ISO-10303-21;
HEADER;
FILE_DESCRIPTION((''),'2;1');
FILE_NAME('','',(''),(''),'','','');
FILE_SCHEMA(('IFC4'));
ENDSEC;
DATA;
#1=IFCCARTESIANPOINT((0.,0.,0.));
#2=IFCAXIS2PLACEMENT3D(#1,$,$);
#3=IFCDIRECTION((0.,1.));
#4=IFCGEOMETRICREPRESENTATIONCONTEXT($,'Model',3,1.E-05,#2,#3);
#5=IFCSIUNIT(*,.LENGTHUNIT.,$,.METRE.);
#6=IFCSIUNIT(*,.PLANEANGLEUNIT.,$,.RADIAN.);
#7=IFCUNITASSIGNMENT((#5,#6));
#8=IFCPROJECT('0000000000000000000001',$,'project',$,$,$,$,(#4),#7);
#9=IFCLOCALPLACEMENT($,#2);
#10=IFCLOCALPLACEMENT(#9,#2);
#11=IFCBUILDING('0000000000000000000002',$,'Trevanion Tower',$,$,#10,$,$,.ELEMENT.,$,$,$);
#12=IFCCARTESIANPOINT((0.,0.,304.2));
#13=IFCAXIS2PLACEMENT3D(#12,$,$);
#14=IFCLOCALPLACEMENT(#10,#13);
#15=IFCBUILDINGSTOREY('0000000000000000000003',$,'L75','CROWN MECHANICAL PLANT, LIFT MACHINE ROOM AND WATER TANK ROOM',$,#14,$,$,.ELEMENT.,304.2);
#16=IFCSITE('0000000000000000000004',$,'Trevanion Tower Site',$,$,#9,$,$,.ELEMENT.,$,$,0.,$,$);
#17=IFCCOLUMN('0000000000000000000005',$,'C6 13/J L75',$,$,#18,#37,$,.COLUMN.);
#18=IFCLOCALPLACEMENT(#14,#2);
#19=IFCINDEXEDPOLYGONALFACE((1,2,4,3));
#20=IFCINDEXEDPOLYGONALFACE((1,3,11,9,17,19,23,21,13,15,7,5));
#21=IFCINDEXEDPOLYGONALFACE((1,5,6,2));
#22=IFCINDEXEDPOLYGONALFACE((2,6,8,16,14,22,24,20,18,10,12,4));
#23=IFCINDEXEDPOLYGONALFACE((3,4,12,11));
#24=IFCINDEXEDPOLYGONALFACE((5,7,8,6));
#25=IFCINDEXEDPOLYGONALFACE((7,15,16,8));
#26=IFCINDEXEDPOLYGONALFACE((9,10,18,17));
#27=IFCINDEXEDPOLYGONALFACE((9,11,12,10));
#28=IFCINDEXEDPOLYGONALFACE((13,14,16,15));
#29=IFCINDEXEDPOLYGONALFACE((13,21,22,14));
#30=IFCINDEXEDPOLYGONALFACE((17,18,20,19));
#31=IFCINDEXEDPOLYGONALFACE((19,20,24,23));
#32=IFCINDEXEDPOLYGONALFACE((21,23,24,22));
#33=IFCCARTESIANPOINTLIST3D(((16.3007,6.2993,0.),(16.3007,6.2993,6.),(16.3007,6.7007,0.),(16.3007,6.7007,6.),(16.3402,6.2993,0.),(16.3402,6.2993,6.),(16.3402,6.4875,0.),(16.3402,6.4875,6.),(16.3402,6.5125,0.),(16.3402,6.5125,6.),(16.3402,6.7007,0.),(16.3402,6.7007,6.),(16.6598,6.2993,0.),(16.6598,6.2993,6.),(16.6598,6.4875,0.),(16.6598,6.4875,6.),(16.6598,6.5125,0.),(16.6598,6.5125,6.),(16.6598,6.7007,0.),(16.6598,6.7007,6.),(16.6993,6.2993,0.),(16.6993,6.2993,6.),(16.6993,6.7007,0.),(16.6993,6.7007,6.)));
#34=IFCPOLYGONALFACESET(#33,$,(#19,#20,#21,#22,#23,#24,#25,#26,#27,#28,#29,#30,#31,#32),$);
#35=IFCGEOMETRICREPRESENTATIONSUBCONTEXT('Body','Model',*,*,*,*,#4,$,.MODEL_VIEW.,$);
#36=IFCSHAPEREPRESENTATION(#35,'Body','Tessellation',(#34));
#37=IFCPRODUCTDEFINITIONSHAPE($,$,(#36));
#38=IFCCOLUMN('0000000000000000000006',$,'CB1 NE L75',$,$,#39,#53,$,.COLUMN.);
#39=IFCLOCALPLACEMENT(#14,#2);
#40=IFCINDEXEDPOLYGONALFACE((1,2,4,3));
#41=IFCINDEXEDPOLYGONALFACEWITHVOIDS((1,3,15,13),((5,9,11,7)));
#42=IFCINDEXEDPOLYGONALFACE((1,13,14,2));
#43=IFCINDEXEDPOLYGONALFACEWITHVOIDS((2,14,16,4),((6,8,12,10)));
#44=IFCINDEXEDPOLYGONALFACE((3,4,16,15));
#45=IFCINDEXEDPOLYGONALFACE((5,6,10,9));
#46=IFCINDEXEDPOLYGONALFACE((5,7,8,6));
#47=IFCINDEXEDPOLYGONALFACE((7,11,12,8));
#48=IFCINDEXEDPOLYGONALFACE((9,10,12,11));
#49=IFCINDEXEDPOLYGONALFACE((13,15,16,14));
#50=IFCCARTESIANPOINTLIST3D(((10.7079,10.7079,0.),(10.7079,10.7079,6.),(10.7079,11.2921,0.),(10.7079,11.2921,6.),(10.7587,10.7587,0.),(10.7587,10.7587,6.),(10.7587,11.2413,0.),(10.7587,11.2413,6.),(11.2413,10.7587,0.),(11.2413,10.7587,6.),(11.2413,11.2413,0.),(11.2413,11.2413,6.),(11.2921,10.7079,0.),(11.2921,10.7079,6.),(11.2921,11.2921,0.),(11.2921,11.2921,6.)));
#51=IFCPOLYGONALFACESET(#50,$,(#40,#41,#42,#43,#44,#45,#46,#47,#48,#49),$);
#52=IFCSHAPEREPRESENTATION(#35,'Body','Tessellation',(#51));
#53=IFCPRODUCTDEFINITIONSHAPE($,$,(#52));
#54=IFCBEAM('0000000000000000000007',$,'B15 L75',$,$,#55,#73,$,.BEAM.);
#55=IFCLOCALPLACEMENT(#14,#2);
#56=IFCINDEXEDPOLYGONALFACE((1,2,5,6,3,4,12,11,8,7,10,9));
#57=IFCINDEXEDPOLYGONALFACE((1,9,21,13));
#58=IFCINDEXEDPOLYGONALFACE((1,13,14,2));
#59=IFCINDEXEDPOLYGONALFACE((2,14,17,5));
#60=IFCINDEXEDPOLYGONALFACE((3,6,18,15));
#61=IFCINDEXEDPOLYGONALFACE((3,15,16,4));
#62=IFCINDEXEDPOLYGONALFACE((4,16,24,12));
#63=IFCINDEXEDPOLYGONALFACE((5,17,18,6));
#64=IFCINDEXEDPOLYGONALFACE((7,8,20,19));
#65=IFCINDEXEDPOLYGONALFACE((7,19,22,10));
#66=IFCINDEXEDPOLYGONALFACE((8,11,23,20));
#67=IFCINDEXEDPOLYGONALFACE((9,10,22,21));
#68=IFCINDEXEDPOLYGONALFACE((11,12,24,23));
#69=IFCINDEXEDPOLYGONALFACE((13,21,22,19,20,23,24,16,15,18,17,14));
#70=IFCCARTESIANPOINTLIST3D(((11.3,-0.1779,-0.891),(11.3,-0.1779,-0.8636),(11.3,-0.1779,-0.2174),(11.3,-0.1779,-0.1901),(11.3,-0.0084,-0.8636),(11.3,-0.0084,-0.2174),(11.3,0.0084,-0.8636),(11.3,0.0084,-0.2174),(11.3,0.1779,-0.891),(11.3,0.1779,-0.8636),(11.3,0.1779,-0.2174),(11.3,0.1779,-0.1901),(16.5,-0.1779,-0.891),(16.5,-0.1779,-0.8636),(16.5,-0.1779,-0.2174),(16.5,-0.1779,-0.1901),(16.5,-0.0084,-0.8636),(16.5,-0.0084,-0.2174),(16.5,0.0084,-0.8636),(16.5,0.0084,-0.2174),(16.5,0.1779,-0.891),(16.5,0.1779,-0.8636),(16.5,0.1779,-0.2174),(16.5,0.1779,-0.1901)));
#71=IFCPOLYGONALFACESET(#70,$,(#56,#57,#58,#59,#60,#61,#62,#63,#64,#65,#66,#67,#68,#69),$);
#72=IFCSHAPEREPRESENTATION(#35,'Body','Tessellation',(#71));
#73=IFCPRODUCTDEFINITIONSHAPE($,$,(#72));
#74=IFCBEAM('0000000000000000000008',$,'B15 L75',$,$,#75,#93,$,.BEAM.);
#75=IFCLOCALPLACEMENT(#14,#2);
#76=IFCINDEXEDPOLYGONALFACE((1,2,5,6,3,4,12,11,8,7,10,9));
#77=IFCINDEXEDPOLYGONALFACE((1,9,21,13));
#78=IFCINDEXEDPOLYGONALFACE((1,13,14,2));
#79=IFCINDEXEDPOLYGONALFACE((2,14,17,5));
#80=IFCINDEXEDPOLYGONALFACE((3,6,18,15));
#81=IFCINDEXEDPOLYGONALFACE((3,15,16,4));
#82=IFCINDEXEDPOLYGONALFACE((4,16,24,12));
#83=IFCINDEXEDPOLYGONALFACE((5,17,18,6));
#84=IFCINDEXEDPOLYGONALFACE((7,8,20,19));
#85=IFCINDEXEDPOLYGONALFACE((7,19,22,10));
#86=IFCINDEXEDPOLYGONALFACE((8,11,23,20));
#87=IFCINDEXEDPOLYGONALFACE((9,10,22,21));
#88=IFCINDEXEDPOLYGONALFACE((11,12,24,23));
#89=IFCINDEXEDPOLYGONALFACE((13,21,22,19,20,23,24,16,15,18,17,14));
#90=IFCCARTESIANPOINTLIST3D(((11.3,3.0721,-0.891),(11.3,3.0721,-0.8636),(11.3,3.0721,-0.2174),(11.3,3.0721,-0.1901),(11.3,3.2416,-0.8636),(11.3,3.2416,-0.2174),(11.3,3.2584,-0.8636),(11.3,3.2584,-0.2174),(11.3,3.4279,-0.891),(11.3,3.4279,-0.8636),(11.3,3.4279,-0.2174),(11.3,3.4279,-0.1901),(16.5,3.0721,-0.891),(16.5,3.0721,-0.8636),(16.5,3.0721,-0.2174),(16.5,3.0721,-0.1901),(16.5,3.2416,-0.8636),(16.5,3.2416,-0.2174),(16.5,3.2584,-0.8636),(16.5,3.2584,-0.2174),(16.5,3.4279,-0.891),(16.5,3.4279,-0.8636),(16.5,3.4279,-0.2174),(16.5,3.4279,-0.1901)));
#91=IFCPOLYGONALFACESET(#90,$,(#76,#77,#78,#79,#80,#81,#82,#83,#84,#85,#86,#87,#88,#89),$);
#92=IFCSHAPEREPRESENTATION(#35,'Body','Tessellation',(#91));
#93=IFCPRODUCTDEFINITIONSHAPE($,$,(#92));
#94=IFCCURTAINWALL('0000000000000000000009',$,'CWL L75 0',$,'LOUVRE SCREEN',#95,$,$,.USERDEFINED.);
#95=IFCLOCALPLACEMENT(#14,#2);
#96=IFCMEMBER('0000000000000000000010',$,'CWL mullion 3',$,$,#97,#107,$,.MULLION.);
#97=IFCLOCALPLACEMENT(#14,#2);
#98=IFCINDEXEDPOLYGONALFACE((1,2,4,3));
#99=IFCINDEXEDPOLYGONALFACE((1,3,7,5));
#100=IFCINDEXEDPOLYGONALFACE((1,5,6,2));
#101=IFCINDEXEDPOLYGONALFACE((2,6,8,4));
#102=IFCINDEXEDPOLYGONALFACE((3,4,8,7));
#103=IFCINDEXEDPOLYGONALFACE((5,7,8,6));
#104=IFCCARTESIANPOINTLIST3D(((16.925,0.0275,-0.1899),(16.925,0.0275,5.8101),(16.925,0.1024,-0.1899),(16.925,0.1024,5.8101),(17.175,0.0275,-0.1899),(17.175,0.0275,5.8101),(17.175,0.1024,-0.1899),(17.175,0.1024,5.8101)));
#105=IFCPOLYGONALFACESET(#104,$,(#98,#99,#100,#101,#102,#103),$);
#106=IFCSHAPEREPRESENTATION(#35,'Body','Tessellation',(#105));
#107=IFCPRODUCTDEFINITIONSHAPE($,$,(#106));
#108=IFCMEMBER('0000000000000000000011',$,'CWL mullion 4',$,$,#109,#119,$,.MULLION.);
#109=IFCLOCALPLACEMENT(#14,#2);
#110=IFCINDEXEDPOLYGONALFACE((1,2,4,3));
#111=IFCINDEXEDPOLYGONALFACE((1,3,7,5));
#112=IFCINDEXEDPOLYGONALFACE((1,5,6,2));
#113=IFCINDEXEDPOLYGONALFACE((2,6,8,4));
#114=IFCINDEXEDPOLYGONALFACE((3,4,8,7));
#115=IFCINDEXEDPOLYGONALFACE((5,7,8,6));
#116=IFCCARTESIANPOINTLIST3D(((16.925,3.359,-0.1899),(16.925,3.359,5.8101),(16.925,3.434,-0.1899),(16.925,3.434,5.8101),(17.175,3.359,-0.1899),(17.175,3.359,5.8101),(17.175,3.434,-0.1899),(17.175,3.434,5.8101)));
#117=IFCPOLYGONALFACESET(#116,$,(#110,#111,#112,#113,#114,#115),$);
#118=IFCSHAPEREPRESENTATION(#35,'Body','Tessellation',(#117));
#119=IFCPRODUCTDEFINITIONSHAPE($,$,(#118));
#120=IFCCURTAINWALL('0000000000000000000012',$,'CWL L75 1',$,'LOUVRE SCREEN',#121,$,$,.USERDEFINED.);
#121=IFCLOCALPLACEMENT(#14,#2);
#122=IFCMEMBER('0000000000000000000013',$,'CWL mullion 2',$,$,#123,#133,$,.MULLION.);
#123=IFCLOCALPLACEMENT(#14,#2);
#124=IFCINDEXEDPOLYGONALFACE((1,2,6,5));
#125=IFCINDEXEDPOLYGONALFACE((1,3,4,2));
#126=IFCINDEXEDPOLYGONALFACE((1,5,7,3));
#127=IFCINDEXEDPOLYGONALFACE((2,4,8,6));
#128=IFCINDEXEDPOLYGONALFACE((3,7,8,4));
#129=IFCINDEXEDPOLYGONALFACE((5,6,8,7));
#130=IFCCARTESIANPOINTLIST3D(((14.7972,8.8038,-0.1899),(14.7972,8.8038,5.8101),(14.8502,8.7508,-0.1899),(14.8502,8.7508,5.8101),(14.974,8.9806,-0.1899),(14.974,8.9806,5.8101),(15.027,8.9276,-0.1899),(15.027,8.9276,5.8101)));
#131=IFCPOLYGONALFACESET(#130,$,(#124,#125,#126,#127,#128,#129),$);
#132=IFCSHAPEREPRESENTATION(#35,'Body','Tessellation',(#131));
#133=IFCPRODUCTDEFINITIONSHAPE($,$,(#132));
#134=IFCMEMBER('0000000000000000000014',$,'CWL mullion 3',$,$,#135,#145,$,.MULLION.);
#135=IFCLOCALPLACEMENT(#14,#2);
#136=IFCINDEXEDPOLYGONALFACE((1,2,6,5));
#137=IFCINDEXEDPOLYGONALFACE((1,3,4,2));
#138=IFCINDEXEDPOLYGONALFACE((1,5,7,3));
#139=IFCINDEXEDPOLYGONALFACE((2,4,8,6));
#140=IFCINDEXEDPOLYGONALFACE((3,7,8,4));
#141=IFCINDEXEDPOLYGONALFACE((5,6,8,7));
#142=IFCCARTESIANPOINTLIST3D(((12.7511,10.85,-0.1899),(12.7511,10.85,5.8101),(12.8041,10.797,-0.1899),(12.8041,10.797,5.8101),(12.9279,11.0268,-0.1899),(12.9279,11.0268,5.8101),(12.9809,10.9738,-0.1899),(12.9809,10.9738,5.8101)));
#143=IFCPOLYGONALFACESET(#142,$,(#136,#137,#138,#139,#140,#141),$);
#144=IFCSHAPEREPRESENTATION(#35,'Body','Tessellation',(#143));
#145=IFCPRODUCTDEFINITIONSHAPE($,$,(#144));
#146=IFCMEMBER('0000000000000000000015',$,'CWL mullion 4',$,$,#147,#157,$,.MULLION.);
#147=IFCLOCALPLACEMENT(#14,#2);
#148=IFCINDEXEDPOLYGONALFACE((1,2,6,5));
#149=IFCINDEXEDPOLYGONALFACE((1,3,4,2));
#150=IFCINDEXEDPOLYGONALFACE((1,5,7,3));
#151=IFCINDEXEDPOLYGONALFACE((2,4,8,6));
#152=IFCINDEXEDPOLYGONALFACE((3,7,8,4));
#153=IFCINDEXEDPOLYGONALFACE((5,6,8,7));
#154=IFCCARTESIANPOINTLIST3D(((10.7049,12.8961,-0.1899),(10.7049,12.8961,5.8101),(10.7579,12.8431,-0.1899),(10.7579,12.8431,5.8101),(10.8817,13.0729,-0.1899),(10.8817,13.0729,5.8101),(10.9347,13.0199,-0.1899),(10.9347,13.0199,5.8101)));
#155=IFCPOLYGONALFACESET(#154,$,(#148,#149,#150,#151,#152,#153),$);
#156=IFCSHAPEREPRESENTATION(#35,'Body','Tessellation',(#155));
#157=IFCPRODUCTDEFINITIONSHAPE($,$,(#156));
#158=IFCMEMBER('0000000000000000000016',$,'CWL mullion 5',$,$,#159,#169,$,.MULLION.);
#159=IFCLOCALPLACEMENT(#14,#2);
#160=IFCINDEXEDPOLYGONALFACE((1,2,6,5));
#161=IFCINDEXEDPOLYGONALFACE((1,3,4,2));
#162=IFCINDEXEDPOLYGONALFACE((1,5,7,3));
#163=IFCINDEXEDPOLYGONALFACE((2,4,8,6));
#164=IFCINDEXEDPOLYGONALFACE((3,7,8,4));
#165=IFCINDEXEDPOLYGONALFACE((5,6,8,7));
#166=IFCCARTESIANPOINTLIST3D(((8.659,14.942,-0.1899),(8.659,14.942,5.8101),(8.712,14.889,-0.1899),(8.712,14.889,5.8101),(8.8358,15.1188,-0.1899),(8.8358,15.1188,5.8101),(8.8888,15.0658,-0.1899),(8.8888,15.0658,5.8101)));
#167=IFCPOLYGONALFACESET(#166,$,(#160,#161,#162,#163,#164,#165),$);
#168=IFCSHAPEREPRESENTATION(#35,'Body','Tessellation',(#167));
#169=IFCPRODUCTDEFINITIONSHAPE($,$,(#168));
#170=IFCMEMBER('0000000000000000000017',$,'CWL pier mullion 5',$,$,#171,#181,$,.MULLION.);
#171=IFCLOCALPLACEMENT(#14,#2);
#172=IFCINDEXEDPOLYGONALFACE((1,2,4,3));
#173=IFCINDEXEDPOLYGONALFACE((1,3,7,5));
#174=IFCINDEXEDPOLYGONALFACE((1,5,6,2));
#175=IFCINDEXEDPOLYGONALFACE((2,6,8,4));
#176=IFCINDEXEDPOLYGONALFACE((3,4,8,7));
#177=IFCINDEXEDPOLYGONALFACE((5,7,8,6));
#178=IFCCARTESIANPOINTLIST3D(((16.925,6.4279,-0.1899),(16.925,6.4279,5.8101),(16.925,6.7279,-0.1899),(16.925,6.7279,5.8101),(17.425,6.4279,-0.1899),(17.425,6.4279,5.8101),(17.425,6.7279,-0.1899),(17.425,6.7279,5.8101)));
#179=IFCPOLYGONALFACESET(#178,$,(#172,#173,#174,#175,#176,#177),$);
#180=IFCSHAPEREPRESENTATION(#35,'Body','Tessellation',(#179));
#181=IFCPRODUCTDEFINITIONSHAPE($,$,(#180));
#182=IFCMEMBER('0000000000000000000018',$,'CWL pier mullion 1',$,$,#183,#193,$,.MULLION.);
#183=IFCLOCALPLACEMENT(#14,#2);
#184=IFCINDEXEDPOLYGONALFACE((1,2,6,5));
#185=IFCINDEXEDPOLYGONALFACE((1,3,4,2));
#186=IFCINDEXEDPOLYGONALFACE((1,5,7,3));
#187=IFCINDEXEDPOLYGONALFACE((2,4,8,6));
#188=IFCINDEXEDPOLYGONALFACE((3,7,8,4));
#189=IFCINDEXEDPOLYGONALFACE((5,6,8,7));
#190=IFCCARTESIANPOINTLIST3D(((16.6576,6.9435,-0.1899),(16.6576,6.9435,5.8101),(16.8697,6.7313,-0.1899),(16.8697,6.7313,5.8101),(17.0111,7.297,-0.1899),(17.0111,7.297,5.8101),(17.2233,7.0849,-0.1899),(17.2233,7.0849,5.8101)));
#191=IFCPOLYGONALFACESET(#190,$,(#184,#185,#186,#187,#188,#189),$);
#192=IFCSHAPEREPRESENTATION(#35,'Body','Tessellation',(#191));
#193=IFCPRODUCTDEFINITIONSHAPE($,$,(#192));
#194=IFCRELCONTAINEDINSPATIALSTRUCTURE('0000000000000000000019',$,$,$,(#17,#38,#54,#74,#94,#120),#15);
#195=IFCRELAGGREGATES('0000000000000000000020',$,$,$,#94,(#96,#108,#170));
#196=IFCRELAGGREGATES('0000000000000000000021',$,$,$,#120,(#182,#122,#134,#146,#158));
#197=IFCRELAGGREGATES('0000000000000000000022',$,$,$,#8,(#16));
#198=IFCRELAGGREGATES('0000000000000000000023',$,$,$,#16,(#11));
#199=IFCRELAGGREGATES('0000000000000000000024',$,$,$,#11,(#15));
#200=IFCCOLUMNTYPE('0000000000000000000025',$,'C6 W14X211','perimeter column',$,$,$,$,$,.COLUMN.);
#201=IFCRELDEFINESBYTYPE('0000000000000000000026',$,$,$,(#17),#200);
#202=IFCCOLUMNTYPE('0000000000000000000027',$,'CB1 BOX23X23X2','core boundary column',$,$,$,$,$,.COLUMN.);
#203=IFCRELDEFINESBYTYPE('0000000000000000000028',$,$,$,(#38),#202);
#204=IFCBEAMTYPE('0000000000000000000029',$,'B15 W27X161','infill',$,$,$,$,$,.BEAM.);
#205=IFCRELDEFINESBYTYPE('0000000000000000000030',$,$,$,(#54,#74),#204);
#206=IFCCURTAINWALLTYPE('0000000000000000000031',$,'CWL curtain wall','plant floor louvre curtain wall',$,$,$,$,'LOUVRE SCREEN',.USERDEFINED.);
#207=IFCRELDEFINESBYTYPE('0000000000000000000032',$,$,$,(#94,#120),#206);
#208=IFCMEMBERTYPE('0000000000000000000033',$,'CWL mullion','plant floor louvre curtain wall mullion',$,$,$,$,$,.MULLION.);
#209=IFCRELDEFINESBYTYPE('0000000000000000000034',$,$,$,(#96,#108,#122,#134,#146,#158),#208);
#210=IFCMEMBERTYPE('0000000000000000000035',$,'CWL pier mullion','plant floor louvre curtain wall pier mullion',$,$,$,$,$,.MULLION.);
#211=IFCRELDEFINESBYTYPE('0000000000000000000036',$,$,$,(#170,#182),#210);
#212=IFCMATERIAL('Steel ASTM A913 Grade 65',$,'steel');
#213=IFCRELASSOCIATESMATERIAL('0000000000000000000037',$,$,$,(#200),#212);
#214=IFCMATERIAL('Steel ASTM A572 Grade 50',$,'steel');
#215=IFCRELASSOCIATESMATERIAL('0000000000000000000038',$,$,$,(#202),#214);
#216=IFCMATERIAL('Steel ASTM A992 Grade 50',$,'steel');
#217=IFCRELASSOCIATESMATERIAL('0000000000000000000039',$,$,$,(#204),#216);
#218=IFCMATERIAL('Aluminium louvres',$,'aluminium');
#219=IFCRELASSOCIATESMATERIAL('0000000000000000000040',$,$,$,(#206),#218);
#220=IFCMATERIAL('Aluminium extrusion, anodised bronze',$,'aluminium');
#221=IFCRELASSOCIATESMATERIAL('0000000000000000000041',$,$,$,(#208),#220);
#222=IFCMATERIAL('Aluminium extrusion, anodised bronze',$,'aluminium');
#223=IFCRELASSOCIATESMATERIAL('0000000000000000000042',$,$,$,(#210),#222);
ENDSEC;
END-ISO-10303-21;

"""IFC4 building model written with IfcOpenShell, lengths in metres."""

from ifc_helpers import new_model, si_unit, direction, frame, origin, origin_2d, place, context, subcontext, project, spatial, rectangle, hollow_rectangle, i_section, extrude, material, material_profile, profile_set, type_object, element, aggregate, save


model = new_model("IFC4")

# Units and contexts
model_context = context("Model", 3, precision=1e-05, world=origin(), true_north=direction((0.0, 1.0)))
body_context = subcontext(model_context, "Body", "Model", "MODEL_VIEW")
ifc_project = project(units=[si_unit("LENGTHUNIT", "METRE"), si_unit("PLANEANGLEUNIT", "RADIAN")], contexts=[model_context])

# Site, building, storey
site_placement = place(None, origin())
site = spatial("IfcSite", under=ifc_project, at=site_placement, Name="Trevanion Tower Site", CompositionType="ELEMENT", RefElevation=0.0)
building_placement = place(site_placement, origin())
building = spatial("IfcBuilding", under=site, at=building_placement, Name="Trevanion Tower", CompositionType="ELEMENT")
storey_placement = place(building_placement, frame((0.0, 0.0, 304.2)))
storey = spatial("IfcBuildingStorey", under=building, at=storey_placement, Name="L75", Description="CROWN MECHANICAL PLANT, LIFT MACHINE ROOM AND WATER TANK ROOM", CompositionType="ELEMENT", Elevation=304.2)

# Columns
ifc_material_1 = material(Name="Steel ASTM A913 Grade 65", Category="steel")
ifc_material_profile_1 = material_profile(ifc_material_1, i_section(OverallWidth=0.4014, OverallDepth=0.3987, WebThickness=0.0249, FlangeThickness=0.0396, at=origin_2d()), Name="W14X211")
ifc_profile_set_1 = profile_set([ifc_material_profile_1], Name="Steel ASTM A913 Grade 65")
column_type_1 = type_object("IfcColumnType", Name="C6 W14X211", Description="perimeter column", PredefinedType="COLUMN", material=ifc_profile_set_1)
column_1_placement = place(storey_placement, frame((16.5, 6.5, 0.0), z_axis=(0.0, 0.0, 1.0), x_axis=(0.0, 1.0, 0.0)))
element("IfcColumn", 1, at=column_1_placement, inside=storey, type_object=column_type_1, Name="C6 13/J L75", PredefinedType="COLUMN", context=body_context, shape_type="SweptSolid", body=[
    extrude(i_section(OverallWidth=0.4014, OverallDepth=0.3987, WebThickness=0.0249, FlangeThickness=0.0396, at=origin_2d()), origin(), (0.0, 0.0, 1.0), 6.0),
])
ifc_material_2 = material(Name="Steel ASTM A572 Grade 50", Category="steel")
ifc_material_profile_2 = material_profile(ifc_material_2, hollow_rectangle(XDim=0.5842, YDim=0.5842, WallThickness=0.0508, at=origin_2d()), Name="BOX23X23X2")
ifc_profile_set_2 = profile_set([ifc_material_profile_2], Name="Steel ASTM A572 Grade 50")
column_type_2 = type_object("IfcColumnType", Name="CB1 BOX23X23X2", Description="core boundary column", PredefinedType="COLUMN", material=ifc_profile_set_2)
column_2_placement = place(storey_placement, frame((11.0, 11.0, 0.0), z_axis=(0.0, 0.0, 1.0), x_axis=(1.0, 0.0, 0.0)))
element("IfcColumn", 2, at=column_2_placement, inside=storey, type_object=column_type_2, Name="CB1 NE L75", PredefinedType="COLUMN", context=body_context, shape_type="SweptSolid", body=[
    extrude(hollow_rectangle(XDim=0.5842, YDim=0.5842, WallThickness=0.0508, at=origin_2d()), origin(), (0.0, 0.0, 1.0), 6.0),
])

# Beams
ifc_material_3 = material(Name="Steel ASTM A992 Grade 50", Category="steel")
ifc_material_profile_3 = material_profile(ifc_material_3, i_section(OverallWidth=0.3557, OverallDepth=0.7009, WebThickness=0.0168, FlangeThickness=0.0273, at=origin_2d()), Name="W27X161")
ifc_profile_set_3 = profile_set([ifc_material_profile_3], Name="Steel ASTM A992 Grade 50")
beam_type_1 = type_object("IfcBeamType", Name="B15 W27X161", Description="infill", PredefinedType="BEAM", material=ifc_profile_set_3)
for number, where, z_axis, x_axis, name in (
    (3, (11.3, 0.0, -0.5405), (1.0, 0.0, 0.0), (0.0, 1.0, 0.0), "B15 L75"),
    (4, (11.3, 3.25, -0.5405), (1.0, 0.0, 0.0), (0.0, 1.0, 0.0), "B15 L75"),
):
    element("IfcBeam", number, at=place(storey_placement, frame(where, z_axis=z_axis, x_axis=x_axis)), inside=storey, type_object=beam_type_1, Name=name, PredefinedType="BEAM", context=body_context, shape_type="SweptSolid", body=[
        extrude(i_section(OverallWidth=0.3557, OverallDepth=0.7009, WebThickness=0.0168, FlangeThickness=0.0273, at=origin_2d()), origin(), (0.0, 0.0, 1.0), 5.2),
    ])

# Curtain walls, members
ifc_material_4 = material(Name="Aluminium louvres", Category="aluminium")
curtain_wall_type = type_object("IfcCurtainWallType", Name="CWL curtain wall", Description="plant floor louvre curtain wall", ElementType="LOUVRE SCREEN", PredefinedType="USERDEFINED", material=ifc_material_4)
curtain_wall_1_placement = place(storey_placement, origin())
curtain_wall_1 = element("IfcCurtainWall", 5, at=curtain_wall_1_placement, inside=storey, type_object=curtain_wall_type, Name="CWL L75 0", ObjectType="LOUVRE SCREEN", PredefinedType="USERDEFINED")
ifc_material_5 = material(Name="Aluminium extrusion, anodised bronze", Category="aluminium")
ifc_material_profile_4 = material_profile(ifc_material_5, rectangle(XDim=0.075, YDim=0.25, at=origin_2d()), Name="CWL mullion")
ifc_profile_set_4 = profile_set([ifc_material_profile_4], Name="Aluminium extrusion, anodised bronze")
member_type_1 = type_object("IfcMemberType", Name="CWL mullion", Description="plant floor louvre curtain wall mullion", PredefinedType="MULLION", material=ifc_profile_set_4)
member_1_placement = place(storey_placement, frame((17.05, 0.0649, -0.1899), z_axis=(0.0, 0.0, 1.0), x_axis=(0.0, 1.0, 0.0)))
member_1 = element("IfcMember", 6, at=member_1_placement, type_object=member_type_1, Name="CWL mullion 3", PredefinedType="MULLION", context=body_context, shape_type="SweptSolid", body=[
    extrude(rectangle(XDim=0.075, YDim=0.25, at=origin_2d()), origin(), (0.0, 0.0, 1.0), 6.0),
])
member_2_placement = place(storey_placement, frame((17.05, 3.3965, -0.1899), z_axis=(0.0, 0.0, 1.0), x_axis=(0.0, 1.0, 0.0)))
member_2 = element("IfcMember", 7, at=member_2_placement, type_object=member_type_1, Name="CWL mullion 4", PredefinedType="MULLION", context=body_context, shape_type="SweptSolid", body=[
    extrude(rectangle(XDim=0.075, YDim=0.25, at=origin_2d()), origin(), (0.0, 0.0, 1.0), 6.0),
])
curtain_wall_2_placement = place(storey_placement, origin())
curtain_wall_2 = element("IfcCurtainWall", 8, at=curtain_wall_2_placement, inside=storey, type_object=curtain_wall_type, Name="CWL L75 1", ObjectType="LOUVRE SCREEN", PredefinedType="USERDEFINED")
member_3_placement = place(storey_placement, frame((14.9121, 8.8657, -0.1899), z_axis=(0.0, 0.0, 1.0), x_axis=(-0.707107, 0.707107, 0.0)))
member_3 = element("IfcMember", 9, at=member_3_placement, type_object=member_type_1, Name="CWL mullion 2", PredefinedType="MULLION", context=body_context, shape_type="SweptSolid", body=[
    extrude(rectangle(XDim=0.075, YDim=0.25, at=origin_2d()), origin(), (0.0, 0.0, 1.0), 6.0),
])
member_4_placement = place(storey_placement, frame((12.866, 10.9119, -0.1899), z_axis=(0.0, 0.0, 1.0), x_axis=(-0.707107, 0.707107, 0.0)))
member_4 = element("IfcMember", 10, at=member_4_placement, type_object=member_type_1, Name="CWL mullion 3", PredefinedType="MULLION", context=body_context, shape_type="SweptSolid", body=[
    extrude(rectangle(XDim=0.075, YDim=0.25, at=origin_2d()), origin(), (0.0, 0.0, 1.0), 6.0),
])
member_5_placement = place(storey_placement, frame((10.8198, 12.958, -0.1899), z_axis=(0.0, 0.0, 1.0), x_axis=(-0.707107, 0.707107, 0.0)))
member_5 = element("IfcMember", 11, at=member_5_placement, type_object=member_type_1, Name="CWL mullion 4", PredefinedType="MULLION", context=body_context, shape_type="SweptSolid", body=[
    extrude(rectangle(XDim=0.075, YDim=0.25, at=origin_2d()), origin(), (0.0, 0.0, 1.0), 6.0),
])
member_6_placement = place(storey_placement, frame((8.7739, 15.0039, -0.1899), z_axis=(0.0, 0.0, 1.0), x_axis=(-0.707107, 0.707107, 0.0)))
member_6 = element("IfcMember", 12, at=member_6_placement, type_object=member_type_1, Name="CWL mullion 5", PredefinedType="MULLION", context=body_context, shape_type="SweptSolid", body=[
    extrude(rectangle(XDim=0.075, YDim=0.25, at=origin_2d()), origin(), (0.0, 0.0, 1.0), 6.0),
])

# Members
ifc_material_6 = material(Name="Aluminium extrusion, anodised bronze", Category="aluminium")
ifc_material_profile_5 = material_profile(ifc_material_6, rectangle(XDim=0.3, YDim=0.5, at=origin_2d()), Name="CWL pier mullion")
ifc_profile_set_5 = profile_set([ifc_material_profile_5], Name="Aluminium extrusion, anodised bronze")
member_type_2 = type_object("IfcMemberType", Name="CWL pier mullion", Description="plant floor louvre curtain wall pier mullion", PredefinedType="MULLION", material=ifc_profile_set_5)
member_7_placement = place(storey_placement, frame((17.175, 6.5779, -0.1899), z_axis=(0.0, 0.0, 1.0), x_axis=(0.0, 1.0, 0.0)))
member_7 = element("IfcMember", 13, at=member_7_placement, type_object=member_type_2, Name="CWL pier mullion 5", PredefinedType="MULLION", context=body_context, shape_type="SweptSolid", body=[
    extrude(rectangle(XDim=0.3, YDim=0.5, at=origin_2d()), origin(), (0.0, 0.0, 1.0), 6.0),
])
member_8_placement = place(storey_placement, frame((16.9404, 7.0142, -0.1899), z_axis=(0.0, 0.0, 1.0), x_axis=(-0.707107, 0.707107, 0.0)))
member_8 = element("IfcMember", 14, at=member_8_placement, type_object=member_type_2, Name="CWL pier mullion 1", PredefinedType="MULLION", context=body_context, shape_type="SweptSolid", body=[
    extrude(rectangle(XDim=0.3, YDim=0.5, at=origin_2d()), origin(), (0.0, 0.0, 1.0), 6.0),
])

aggregate(curtain_wall_1, [member_1, member_2, member_7])
aggregate(curtain_wall_2, [member_8, member_3, member_4, member_5, member_6])

save(model, "model.ifc")
